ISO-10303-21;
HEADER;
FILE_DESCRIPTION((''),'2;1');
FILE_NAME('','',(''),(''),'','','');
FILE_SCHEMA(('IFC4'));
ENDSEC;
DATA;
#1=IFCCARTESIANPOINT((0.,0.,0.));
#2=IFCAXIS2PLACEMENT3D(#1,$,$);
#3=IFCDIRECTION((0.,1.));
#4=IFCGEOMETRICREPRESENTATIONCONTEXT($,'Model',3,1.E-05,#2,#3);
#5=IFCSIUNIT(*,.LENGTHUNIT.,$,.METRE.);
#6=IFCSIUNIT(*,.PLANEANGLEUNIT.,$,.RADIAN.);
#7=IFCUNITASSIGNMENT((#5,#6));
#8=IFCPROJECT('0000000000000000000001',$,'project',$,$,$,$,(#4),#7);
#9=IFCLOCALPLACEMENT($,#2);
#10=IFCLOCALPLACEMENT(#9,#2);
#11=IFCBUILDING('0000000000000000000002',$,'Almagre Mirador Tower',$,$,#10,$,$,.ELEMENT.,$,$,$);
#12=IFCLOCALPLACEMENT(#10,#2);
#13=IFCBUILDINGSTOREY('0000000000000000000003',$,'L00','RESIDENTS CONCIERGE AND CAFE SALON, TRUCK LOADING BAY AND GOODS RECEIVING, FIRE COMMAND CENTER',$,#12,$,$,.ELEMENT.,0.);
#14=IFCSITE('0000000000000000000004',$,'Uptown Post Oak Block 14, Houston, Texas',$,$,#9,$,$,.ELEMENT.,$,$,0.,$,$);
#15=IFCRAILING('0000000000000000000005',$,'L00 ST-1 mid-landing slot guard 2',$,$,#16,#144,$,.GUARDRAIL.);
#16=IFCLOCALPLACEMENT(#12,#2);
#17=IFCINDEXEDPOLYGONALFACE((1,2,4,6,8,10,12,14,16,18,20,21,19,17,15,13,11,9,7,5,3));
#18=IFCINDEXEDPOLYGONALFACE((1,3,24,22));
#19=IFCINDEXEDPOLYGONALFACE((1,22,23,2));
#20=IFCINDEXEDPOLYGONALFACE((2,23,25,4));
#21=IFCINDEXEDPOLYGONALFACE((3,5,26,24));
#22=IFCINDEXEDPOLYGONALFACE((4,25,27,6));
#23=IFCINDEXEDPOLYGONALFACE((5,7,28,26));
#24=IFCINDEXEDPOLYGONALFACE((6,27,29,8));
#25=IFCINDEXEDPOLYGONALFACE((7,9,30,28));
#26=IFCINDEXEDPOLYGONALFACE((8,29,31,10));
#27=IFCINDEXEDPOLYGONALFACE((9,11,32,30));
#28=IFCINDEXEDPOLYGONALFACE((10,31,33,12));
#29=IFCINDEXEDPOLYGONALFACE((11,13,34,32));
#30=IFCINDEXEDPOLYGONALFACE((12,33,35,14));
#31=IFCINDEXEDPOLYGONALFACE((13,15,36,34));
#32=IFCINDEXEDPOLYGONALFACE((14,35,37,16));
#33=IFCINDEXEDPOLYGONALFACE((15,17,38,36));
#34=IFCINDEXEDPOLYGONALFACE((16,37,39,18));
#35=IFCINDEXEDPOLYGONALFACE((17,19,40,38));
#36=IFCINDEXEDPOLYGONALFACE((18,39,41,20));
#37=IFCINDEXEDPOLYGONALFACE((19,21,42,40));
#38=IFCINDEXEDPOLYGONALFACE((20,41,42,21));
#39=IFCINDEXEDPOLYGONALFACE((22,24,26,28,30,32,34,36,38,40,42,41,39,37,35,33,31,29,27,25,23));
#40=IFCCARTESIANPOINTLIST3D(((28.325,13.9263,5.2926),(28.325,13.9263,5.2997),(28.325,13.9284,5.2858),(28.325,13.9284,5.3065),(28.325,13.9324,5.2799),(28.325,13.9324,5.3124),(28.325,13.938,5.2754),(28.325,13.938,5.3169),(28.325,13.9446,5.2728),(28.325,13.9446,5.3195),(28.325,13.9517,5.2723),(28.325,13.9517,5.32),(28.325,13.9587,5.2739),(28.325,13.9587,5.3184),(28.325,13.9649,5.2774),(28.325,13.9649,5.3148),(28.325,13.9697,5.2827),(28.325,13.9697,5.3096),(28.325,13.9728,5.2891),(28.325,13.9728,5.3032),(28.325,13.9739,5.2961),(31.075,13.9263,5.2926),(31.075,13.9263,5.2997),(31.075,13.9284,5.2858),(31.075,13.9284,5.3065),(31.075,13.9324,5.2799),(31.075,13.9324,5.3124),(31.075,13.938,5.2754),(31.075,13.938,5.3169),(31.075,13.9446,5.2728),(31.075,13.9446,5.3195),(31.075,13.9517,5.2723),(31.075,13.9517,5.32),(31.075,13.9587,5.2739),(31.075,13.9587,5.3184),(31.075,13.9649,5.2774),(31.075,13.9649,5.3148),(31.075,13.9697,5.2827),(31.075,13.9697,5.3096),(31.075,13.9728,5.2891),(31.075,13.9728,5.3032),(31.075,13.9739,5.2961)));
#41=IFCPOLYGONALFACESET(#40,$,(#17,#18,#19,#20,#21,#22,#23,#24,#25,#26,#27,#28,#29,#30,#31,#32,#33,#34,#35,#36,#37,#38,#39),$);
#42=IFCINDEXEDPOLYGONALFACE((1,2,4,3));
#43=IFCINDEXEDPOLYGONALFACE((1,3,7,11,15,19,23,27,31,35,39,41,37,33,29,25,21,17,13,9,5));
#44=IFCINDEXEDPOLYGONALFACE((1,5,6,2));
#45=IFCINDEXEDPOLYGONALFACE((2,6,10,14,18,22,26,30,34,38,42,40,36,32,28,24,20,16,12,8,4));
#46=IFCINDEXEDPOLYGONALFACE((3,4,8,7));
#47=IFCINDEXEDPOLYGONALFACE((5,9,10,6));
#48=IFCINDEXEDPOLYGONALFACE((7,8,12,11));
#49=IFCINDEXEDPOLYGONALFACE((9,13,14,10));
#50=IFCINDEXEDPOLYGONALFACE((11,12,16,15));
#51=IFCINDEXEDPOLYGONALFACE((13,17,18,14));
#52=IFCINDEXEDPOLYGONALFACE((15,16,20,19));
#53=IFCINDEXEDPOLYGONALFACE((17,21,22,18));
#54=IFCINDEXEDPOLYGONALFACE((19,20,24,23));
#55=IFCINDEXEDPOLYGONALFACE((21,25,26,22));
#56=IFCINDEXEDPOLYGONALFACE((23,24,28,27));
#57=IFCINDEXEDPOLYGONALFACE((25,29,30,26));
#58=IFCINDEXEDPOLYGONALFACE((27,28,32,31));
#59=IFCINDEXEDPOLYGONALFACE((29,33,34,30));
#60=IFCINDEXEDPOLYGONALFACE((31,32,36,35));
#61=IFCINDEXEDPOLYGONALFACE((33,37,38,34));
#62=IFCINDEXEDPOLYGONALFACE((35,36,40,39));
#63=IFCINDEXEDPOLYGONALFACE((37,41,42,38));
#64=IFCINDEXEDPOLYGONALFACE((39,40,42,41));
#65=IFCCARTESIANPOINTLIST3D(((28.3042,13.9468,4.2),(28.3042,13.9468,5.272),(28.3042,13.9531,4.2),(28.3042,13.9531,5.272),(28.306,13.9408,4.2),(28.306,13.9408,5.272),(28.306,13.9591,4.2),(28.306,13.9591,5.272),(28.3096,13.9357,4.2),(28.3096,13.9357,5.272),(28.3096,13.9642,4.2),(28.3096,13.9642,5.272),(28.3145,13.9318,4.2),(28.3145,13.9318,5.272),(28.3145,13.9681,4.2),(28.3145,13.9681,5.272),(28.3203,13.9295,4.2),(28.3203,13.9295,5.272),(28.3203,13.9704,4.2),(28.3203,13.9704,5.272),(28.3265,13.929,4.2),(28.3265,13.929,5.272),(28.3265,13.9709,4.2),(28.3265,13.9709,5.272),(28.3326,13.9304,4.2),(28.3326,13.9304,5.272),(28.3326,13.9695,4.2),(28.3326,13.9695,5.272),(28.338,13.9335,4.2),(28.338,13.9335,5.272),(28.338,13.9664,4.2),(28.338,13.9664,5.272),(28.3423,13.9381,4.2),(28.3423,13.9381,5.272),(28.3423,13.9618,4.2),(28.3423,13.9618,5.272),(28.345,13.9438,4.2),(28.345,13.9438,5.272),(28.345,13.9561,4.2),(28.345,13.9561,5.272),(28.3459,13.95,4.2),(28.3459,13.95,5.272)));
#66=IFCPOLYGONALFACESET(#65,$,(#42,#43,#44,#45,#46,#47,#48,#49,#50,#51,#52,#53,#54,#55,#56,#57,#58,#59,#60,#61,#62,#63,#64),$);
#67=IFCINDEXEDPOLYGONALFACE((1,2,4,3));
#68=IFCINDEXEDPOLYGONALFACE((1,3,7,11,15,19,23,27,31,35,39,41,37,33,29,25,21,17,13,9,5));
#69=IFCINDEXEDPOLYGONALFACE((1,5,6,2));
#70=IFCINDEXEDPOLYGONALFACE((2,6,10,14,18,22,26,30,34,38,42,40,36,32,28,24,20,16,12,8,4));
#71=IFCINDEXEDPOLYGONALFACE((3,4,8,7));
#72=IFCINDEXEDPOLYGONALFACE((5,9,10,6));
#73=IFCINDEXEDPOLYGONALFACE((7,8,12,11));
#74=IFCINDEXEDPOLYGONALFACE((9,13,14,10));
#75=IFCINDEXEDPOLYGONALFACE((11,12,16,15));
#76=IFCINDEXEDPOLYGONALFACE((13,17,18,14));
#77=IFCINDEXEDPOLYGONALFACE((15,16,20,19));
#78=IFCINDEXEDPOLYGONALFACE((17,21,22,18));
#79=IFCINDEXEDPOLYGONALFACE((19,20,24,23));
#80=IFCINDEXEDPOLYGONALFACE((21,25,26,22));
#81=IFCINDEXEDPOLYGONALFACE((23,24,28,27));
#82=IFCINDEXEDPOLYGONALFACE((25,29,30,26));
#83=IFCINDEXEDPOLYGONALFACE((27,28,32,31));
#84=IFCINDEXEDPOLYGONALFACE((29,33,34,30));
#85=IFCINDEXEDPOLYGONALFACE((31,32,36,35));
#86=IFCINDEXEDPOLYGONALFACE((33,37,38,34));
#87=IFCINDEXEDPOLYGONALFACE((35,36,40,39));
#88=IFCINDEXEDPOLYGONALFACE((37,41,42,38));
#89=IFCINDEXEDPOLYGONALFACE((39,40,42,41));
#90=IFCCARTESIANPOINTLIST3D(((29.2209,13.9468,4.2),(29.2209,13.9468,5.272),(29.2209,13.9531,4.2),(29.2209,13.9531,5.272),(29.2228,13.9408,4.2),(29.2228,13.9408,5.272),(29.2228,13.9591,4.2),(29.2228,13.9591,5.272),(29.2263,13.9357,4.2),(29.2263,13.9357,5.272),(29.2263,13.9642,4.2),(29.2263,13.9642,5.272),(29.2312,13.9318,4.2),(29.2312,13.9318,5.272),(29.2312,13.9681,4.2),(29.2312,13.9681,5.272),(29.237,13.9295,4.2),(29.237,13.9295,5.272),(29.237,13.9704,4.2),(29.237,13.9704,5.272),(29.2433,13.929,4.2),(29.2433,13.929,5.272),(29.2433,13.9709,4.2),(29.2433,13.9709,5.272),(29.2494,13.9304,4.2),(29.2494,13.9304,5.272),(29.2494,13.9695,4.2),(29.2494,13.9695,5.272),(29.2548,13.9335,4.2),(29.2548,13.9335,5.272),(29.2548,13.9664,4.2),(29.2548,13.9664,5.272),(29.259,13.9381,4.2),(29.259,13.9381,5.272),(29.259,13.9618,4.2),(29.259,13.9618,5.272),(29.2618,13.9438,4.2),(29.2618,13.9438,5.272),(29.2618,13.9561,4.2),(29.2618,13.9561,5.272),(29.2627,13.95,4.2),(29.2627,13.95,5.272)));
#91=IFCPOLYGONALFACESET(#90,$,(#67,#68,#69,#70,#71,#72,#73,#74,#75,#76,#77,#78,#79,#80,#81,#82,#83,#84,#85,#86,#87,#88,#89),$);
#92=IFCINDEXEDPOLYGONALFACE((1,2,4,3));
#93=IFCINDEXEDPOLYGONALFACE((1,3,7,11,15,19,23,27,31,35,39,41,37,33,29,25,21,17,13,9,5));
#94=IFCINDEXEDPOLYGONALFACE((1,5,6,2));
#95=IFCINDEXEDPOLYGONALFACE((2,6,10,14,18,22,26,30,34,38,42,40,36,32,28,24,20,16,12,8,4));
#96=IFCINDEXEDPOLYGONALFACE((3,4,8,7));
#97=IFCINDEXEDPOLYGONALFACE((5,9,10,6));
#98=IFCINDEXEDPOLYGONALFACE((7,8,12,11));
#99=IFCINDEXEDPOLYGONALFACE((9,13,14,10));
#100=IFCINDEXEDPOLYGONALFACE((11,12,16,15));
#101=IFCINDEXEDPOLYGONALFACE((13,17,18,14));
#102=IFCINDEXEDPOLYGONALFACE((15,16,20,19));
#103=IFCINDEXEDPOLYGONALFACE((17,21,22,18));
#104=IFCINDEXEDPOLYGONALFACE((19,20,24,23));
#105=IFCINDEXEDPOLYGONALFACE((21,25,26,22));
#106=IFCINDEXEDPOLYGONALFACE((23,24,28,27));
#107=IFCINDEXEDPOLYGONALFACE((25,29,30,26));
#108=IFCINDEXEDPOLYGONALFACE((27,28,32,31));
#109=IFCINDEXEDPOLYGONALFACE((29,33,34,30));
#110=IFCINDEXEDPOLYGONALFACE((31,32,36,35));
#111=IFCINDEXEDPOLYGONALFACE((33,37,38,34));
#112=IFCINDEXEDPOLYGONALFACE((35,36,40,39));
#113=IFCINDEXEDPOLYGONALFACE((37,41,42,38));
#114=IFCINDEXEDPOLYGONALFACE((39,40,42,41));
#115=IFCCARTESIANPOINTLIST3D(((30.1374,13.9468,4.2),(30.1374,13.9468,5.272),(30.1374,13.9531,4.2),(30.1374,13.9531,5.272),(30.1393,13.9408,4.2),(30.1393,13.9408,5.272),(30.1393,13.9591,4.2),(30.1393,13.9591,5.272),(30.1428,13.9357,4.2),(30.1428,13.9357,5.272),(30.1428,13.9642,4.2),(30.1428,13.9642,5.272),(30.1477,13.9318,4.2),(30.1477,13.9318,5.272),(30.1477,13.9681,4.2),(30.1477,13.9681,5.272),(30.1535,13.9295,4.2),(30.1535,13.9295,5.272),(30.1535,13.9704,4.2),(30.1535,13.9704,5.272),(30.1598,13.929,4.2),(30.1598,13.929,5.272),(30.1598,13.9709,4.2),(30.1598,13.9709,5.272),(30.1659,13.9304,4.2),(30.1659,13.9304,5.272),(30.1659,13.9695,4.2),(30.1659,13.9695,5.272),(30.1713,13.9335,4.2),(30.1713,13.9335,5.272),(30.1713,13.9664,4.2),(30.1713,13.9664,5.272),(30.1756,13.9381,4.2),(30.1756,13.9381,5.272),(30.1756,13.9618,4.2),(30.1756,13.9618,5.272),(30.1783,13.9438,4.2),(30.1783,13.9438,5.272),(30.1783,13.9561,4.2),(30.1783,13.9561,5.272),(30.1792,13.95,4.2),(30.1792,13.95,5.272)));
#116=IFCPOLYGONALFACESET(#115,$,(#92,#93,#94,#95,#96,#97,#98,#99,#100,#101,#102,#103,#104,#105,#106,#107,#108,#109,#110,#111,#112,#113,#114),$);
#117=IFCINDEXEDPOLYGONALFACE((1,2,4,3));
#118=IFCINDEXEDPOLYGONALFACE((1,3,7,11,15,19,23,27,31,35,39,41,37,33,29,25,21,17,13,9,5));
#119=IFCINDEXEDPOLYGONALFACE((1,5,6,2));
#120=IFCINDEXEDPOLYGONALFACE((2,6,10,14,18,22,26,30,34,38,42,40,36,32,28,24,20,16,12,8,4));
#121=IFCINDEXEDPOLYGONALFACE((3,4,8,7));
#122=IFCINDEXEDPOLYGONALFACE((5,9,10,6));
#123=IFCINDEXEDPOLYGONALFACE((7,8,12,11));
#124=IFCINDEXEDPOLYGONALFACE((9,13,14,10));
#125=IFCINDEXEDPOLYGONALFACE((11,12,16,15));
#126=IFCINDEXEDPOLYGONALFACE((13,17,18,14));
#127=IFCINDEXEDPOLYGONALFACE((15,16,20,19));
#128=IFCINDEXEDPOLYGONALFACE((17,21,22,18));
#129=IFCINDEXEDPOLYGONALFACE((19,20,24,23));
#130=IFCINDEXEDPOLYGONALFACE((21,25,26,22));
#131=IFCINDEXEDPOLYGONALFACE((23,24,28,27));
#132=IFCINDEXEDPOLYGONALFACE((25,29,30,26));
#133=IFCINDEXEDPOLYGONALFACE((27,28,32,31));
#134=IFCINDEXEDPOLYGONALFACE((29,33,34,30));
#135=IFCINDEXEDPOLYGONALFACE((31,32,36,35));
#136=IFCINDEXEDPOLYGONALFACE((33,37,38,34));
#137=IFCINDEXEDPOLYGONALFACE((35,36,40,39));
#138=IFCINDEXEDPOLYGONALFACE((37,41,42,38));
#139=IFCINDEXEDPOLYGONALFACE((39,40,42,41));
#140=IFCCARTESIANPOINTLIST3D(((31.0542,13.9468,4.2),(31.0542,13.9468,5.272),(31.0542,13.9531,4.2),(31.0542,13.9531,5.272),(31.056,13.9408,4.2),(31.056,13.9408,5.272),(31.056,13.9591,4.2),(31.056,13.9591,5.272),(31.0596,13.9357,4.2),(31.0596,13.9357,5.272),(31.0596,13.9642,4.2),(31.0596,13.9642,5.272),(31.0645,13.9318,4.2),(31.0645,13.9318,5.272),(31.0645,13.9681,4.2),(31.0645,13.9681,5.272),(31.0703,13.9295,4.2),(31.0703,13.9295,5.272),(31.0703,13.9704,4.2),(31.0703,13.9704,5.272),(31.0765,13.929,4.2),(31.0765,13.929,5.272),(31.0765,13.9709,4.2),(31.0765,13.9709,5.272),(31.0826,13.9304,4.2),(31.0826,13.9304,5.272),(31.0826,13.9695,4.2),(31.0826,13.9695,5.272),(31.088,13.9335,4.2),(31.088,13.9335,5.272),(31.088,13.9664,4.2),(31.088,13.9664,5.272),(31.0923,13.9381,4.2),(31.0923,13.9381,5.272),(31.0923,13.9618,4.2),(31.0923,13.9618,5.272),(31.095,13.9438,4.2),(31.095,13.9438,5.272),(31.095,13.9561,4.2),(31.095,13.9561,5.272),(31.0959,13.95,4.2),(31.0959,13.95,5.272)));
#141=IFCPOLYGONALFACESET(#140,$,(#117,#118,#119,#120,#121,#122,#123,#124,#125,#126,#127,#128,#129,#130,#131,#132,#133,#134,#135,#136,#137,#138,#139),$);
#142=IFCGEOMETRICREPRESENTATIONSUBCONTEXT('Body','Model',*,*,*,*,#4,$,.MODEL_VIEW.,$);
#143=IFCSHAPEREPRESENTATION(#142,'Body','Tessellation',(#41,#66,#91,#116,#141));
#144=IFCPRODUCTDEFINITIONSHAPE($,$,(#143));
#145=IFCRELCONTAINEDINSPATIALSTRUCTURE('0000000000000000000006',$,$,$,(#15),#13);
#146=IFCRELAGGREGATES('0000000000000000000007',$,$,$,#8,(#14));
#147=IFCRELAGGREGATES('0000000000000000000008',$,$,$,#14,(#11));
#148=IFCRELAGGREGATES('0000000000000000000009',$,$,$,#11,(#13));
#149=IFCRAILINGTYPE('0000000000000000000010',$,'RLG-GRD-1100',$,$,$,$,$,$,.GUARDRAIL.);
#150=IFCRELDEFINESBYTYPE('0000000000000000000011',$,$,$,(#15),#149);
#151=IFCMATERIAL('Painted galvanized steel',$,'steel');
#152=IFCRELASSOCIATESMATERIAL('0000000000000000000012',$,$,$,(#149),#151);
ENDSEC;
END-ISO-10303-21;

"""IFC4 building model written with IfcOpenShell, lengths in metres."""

from ifc_helpers import new_model, si_unit, direction, frame, origin, origin_2d, place, context, subcontext, project, spatial, circle, extrude, material, type_object, element, save


model = new_model("IFC4")

# Units and contexts
model_context = context("Model", 3, precision=1e-05, world=origin(), true_north=direction((0.0, 1.0)))
body_context = subcontext(model_context, "Body", "Model", "MODEL_VIEW")
ifc_project = project(units=[si_unit("LENGTHUNIT", "METRE"), si_unit("PLANEANGLEUNIT", "RADIAN")], contexts=[model_context])

# Site, building, storey
site_placement = place(None, origin())
site = spatial("IfcSite", under=ifc_project, at=site_placement, Name="Uptown Post Oak Block 14, Houston, Texas", CompositionType="ELEMENT", RefElevation=0.0)
building_placement = place(site_placement, origin())
building = spatial("IfcBuilding", under=site, at=building_placement, Name="Almagre Mirador Tower", CompositionType="ELEMENT")
storey_placement = place(building_placement, origin())
storey = spatial("IfcBuildingStorey", under=building, at=storey_placement, Name="L00", Description="RESIDENTS CONCIERGE AND CAFE SALON, TRUCK LOADING BAY AND GOODS RECEIVING, FIRE COMMAND CENTER", CompositionType="ELEMENT", Elevation=0.0)

# Railing
ifc_material_1 = material(Name="Painted galvanized steel", Category="steel")
railing_type_1 = type_object("IfcRailingType", Name="RLG-GRD-1100", PredefinedType="GUARDRAIL", material=ifc_material_1)
railing_1_placement = place(storey_placement, frame((28.325, 13.95, 4.2)))
element("IfcRailing", 1, at=railing_1_placement, inside=storey, type_object=railing_type_1, Name="L00 ST-1 mid-landing slot guard 2", PredefinedType="GUARDRAIL", context=body_context, shape_type="SweptSolid", body=[
    extrude(circle(Radius=0.0239, at=origin_2d()), frame((0.0, 0.0, 1.0962), z_axis=(1.0, 0.0, 0.0), x_axis=(0.0, 1.0, 0.0)), (0.0, 0.0, 1.0), 2.75),
    extrude(circle(Radius=0.021, at=origin_2d()), origin(), (0.0, 0.0, 1.0), 1.072),
    extrude(circle(Radius=0.021, at=origin_2d()), frame((0.9167, 0.0, 0.0)), (0.0, 0.0, 1.0), 1.072),
    extrude(circle(Radius=0.021, at=origin_2d()), frame((1.8333, 0.0, 0.0)), (0.0, 0.0, 1.0), 1.072),
    extrude(circle(Radius=0.021, at=origin_2d()), frame((2.75, 0.0, 0.0)), (0.0, 0.0, 1.0), 1.072),
])

save(model, "model.ifc")
